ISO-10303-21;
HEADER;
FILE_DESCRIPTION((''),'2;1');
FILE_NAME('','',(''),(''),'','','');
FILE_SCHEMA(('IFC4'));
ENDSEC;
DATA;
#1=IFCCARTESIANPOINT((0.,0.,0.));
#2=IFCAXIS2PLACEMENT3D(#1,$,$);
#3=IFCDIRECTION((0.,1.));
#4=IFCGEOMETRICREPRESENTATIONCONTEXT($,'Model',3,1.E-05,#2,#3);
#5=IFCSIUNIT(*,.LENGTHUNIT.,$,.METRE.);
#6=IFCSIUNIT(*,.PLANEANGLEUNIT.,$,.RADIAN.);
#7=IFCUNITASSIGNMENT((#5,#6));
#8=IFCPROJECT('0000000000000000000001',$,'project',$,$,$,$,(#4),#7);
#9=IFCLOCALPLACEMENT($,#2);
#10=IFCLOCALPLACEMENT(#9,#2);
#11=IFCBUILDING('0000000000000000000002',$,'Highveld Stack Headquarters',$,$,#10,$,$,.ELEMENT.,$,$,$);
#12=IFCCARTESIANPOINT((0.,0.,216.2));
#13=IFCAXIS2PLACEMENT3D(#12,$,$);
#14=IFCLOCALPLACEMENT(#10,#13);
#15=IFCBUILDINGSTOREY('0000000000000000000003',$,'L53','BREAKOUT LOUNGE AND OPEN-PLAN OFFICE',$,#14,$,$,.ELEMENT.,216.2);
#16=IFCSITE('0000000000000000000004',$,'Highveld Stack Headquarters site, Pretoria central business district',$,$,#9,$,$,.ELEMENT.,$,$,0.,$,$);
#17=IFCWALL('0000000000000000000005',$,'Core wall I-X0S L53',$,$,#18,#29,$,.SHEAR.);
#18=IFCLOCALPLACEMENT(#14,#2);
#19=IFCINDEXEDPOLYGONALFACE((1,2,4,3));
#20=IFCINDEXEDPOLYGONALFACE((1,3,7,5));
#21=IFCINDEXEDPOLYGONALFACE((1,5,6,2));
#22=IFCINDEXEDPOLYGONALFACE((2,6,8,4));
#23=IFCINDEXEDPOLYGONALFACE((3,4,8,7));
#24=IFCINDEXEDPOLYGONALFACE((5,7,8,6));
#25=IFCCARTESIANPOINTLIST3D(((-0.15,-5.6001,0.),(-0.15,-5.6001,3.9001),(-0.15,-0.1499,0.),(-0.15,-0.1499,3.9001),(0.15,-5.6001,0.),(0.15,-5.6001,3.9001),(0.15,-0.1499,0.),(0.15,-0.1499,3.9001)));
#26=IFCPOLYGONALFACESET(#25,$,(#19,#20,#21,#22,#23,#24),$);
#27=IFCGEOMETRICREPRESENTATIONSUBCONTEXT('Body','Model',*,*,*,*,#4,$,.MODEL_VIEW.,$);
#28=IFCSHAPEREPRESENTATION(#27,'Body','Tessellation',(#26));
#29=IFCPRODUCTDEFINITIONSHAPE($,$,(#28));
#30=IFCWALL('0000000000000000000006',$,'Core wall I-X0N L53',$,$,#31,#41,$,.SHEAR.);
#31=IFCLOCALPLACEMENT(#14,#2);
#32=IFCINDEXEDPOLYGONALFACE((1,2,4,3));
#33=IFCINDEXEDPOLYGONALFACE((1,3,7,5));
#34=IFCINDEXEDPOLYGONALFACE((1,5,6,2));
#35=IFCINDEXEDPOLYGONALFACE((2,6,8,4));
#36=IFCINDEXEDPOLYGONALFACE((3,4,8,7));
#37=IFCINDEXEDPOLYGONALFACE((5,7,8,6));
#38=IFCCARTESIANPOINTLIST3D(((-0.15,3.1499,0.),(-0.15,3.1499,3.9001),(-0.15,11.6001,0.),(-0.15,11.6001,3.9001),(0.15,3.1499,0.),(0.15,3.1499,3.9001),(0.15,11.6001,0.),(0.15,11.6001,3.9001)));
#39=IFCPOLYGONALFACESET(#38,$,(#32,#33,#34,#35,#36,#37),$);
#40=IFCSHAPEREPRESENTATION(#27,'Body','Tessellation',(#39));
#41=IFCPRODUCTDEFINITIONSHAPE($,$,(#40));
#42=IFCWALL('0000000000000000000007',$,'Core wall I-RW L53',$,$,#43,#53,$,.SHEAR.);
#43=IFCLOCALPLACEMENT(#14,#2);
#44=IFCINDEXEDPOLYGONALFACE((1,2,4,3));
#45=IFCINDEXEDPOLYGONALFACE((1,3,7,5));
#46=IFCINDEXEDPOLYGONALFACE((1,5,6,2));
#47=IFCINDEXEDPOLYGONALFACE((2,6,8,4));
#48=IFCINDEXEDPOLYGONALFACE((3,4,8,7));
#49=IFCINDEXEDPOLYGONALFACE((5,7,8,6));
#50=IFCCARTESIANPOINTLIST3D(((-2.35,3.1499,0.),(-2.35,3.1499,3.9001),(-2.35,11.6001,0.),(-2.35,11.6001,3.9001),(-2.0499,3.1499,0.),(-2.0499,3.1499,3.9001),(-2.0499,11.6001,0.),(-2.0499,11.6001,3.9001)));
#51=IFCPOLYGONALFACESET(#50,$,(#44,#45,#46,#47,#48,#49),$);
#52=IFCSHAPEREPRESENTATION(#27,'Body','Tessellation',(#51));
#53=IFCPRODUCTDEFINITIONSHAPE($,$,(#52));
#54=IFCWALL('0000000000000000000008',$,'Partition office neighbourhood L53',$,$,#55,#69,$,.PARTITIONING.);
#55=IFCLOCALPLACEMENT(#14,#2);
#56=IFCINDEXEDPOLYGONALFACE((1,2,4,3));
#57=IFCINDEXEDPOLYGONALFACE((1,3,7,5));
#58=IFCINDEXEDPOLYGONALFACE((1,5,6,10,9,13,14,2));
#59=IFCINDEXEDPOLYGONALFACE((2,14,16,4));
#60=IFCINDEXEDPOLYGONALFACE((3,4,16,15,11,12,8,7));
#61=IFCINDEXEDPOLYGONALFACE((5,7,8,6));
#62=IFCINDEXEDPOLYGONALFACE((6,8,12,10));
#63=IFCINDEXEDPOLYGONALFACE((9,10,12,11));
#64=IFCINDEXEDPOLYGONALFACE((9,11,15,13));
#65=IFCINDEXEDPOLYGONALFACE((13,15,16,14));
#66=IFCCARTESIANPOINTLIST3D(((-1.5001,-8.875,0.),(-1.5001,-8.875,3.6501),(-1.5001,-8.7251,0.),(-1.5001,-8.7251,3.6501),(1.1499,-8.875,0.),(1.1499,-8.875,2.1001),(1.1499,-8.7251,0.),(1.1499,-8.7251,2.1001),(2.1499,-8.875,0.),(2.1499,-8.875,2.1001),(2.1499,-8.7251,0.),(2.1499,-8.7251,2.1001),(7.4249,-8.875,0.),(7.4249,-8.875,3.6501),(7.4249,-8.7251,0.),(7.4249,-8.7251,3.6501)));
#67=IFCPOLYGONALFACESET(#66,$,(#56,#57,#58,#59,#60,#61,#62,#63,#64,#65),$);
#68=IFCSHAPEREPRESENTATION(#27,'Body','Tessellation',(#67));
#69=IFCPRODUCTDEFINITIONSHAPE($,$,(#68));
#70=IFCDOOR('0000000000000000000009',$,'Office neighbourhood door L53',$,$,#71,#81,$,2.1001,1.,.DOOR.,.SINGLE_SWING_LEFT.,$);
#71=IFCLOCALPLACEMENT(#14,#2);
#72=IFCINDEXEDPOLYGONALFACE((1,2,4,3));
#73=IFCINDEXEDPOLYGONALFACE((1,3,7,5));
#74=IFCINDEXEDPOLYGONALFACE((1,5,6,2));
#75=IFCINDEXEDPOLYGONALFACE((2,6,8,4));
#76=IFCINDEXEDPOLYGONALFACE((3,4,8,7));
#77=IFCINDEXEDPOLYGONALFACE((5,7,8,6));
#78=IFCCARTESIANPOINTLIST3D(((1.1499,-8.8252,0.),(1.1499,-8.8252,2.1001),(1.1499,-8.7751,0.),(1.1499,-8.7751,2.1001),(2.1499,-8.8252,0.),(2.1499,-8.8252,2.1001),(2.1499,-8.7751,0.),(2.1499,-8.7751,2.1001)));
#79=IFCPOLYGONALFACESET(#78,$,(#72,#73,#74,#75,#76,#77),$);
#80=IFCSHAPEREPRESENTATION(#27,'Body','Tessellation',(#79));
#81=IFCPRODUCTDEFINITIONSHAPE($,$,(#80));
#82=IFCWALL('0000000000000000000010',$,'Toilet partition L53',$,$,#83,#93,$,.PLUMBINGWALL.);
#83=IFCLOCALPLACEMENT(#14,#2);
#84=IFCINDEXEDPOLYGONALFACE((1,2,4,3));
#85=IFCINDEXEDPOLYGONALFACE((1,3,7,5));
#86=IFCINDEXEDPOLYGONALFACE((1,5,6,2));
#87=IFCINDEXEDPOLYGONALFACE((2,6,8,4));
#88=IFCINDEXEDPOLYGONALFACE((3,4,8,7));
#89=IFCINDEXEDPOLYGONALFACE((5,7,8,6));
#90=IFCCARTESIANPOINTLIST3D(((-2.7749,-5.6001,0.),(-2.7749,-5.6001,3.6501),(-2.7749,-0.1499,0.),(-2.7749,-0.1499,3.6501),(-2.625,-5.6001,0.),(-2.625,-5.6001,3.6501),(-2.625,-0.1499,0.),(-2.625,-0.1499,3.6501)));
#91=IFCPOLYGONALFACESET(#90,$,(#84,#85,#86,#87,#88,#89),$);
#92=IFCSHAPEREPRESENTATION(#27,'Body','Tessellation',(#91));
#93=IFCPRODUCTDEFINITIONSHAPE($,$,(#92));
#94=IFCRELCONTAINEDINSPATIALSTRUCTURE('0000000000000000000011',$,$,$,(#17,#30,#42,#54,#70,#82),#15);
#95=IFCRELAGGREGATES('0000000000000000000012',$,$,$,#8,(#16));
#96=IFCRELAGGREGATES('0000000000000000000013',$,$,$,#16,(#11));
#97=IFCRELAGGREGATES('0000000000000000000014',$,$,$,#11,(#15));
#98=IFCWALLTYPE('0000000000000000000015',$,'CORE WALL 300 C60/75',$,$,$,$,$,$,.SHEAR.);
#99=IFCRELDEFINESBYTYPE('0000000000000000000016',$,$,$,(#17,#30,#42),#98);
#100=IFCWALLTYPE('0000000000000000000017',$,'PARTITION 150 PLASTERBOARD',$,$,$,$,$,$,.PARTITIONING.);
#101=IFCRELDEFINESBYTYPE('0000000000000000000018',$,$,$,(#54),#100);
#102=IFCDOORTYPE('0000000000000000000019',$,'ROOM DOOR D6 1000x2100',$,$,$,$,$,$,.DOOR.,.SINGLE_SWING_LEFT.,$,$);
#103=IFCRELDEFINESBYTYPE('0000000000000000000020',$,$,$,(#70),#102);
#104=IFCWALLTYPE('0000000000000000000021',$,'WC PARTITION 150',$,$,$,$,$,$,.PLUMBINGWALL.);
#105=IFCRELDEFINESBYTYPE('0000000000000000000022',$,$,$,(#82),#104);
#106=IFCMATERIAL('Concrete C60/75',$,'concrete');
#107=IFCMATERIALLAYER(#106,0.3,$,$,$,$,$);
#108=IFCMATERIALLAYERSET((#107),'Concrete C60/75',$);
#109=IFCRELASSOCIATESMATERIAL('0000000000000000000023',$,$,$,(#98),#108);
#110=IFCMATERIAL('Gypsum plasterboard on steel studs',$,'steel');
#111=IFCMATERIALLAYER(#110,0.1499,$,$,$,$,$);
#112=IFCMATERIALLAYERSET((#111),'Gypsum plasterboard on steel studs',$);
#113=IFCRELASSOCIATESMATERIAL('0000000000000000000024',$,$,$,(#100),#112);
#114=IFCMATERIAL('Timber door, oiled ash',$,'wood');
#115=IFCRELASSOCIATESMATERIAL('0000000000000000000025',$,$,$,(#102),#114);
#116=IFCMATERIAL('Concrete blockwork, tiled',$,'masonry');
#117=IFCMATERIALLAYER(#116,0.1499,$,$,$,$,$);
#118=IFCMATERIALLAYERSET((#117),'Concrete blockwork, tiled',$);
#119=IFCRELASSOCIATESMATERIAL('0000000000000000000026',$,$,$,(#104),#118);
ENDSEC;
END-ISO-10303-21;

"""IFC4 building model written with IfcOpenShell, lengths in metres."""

from ifc_helpers import new_model, si_unit, direction, frame, frame_2d, origin, place, context, subcontext, project, spatial, rectangle, extrude, material, layer, layer_set, type_object, element, fill, save


model = new_model("IFC4")

# Units and contexts
model_context = context("Model", 3, precision=1e-05, world=origin(), true_north=direction((0.0, 1.0)))
body_context = subcontext(model_context, "Body", "Model", "MODEL_VIEW")
ifc_project = project(units=[si_unit("LENGTHUNIT", "METRE"), si_unit("PLANEANGLEUNIT", "RADIAN")], contexts=[model_context])

# Site, building, storey
site_placement = place(None, origin())
site = spatial("IfcSite", under=ifc_project, at=site_placement, Name="Highveld Stack Headquarters site, Pretoria central business district", CompositionType="ELEMENT", RefElevation=0.0)
building_placement = place(site_placement, origin())
building = spatial("IfcBuilding", under=site, at=building_placement, Name="Highveld Stack Headquarters", CompositionType="ELEMENT")
storey_placement = place(building_placement, frame((0.0, 0.0, 216.2)))
storey = spatial("IfcBuildingStorey", under=building, at=storey_placement, Name="L53", Description="BREAKOUT LOUNGE AND OPEN-PLAN OFFICE", CompositionType="ELEMENT", Elevation=216.2)

# Shared definitions
ifc_material_1 = material(Name="Concrete C60/75", Category="concrete")
ifc_layer_1 = layer(ifc_material_1, 0.3)
ifc_layer_set_1 = layer_set([ifc_layer_1], Name="Concrete C60/75")
wall_type_1 = type_object("IfcWallType", Name="CORE WALL 300 C60/75", PredefinedType="SHEAR", material=ifc_layer_set_1)

# Walls
wall_1_placement = place(storey_placement, frame((0.0, -5.6001, 0.0), z_axis=(0.0, 0.0, 1.0), x_axis=(0.0, 1.0, 0.0)))
element("IfcWall", 1, at=wall_1_placement, inside=storey, type_object=wall_type_1, Name="Core wall I-X0S L53", PredefinedType="SHEAR", context=body_context, shape_type="SweptSolid", body=[
    extrude(rectangle(XDim=5.4502, YDim=0.3, at=frame_2d((2.7251, 0.0))), origin(), (0.0, 0.0, 1.0), 3.9001),
])
for number, where, z_axis, x_axis, name in (
    (2, (0.0, 3.1499, 0.0), (0.0, 0.0, 1.0), (0.0, 1.0, 0.0), "Core wall I-X0N L53"),
    (3, (-2.2, 3.1499, 0.0), (0.0, 0.0, 1.0), (0.0, 1.0, 0.0), "Core wall I-RW L53"),
):
    element("IfcWall", number, at=place(storey_placement, frame(where, z_axis=z_axis, x_axis=x_axis)), inside=storey, type_object=wall_type_1, Name=name, PredefinedType="SHEAR", context=body_context, shape_type="SweptSolid", body=[
        extrude(rectangle(XDim=8.4502, YDim=0.3, at=frame_2d((4.2251, 0.0))), origin(), (0.0, 0.0, 1.0), 3.9001),
    ])

# Wall, opening, door
ifc_material_2 = material(Name="Gypsum plasterboard on steel studs", Category="steel")
ifc_layer_2 = layer(ifc_material_2, 0.1499)
ifc_layer_set_2 = layer_set([ifc_layer_2], Name="Gypsum plasterboard on steel studs")
wall_type_2 = type_object("IfcWallType", Name="PARTITION 150 PLASTERBOARD", PredefinedType="PARTITIONING", material=ifc_layer_set_2)
wall_2_placement = place(storey_placement, frame((-1.5, -8.8, 0.0), z_axis=(0.0, 0.0, 1.0), x_axis=(1.0, 0.0, 0.0)))
wall_2 = element("IfcWall", 4, at=wall_2_placement, inside=storey, type_object=wall_type_2, Name="Partition office neighbourhood L53", PredefinedType="PARTITIONING", context=body_context, shape_type="SweptSolid", body=[
    extrude(rectangle(XDim=8.925, YDim=0.1499, at=frame_2d((4.4624, 0.0))), origin(), (0.0, 0.0, 1.0), 3.6501),
])
opening_1_placement = place(wall_2_placement, frame((2.6499, 0.0, 0.0)))
opening_1 = element("IfcOpeningElement", 5, at=opening_1_placement, cuts=wall_2, PredefinedType="OPENING", context=body_context, shape_type="SweptSolid", body=[
    extrude(rectangle(XDim=1.0, YDim=2.1001, at=frame_2d((0.5, 1.05))), frame((0.0, 0.085, 0.0), z_axis=(0.0, -1.0, 0.0), x_axis=(1.0, 0.0, 0.0)), (0.0, 0.0, 1.0), 0.1699),
])
ifc_material_3 = material(Name="Timber door, oiled ash", Category="wood")
door_type_1 = type_object("IfcDoorType", Name="ROOM DOOR D6 1000x2100", OperationType="SINGLE_SWING_LEFT", PredefinedType="DOOR", material=ifc_material_3)
door_1_placement = place(opening_1_placement, origin())
door_1 = element("IfcDoor", 6, at=door_1_placement, inside=storey, type_object=door_type_1, Name="Office neighbourhood door L53", OperationType="SINGLE_SWING_LEFT", OverallHeight=2.1001, OverallWidth=1.0, PredefinedType="DOOR", context=body_context, shape_type="SweptSolid", body=[
    extrude(rectangle(XDim=1.0, YDim=2.1001, at=frame_2d((0.5, 1.05))), frame((0.0, 0.0249, 0.0), z_axis=(0.0, -1.0, 0.0), x_axis=(1.0, 0.0, 0.0)), (0.0, 0.0, 1.0), 0.05),
])
fill(opening_1, door_1)

# Wall
ifc_material_4 = material(Name="Concrete blockwork, tiled", Category="masonry")
ifc_layer_3 = layer(ifc_material_4, 0.1499)
ifc_layer_set_3 = layer_set([ifc_layer_3], Name="Concrete blockwork, tiled")
wall_type_3 = type_object("IfcWallType", Name="WC PARTITION 150", PredefinedType="PLUMBINGWALL", material=ifc_layer_set_3)
wall_3_placement = place(storey_placement, frame((-2.7, -5.6001, 0.0), z_axis=(0.0, 0.0, 1.0), x_axis=(0.0, 1.0, 0.0)))
element("IfcWall", 7, at=wall_3_placement, inside=storey, type_object=wall_type_3, Name="Toilet partition L53", PredefinedType="PLUMBINGWALL", context=body_context, shape_type="SweptSolid", body=[
    extrude(rectangle(XDim=5.4502, YDim=0.1499, at=frame_2d((2.7251, 0.0))), origin(), (0.0, 0.0, 1.0), 3.6501),
])

save(model, "model.ifc")
